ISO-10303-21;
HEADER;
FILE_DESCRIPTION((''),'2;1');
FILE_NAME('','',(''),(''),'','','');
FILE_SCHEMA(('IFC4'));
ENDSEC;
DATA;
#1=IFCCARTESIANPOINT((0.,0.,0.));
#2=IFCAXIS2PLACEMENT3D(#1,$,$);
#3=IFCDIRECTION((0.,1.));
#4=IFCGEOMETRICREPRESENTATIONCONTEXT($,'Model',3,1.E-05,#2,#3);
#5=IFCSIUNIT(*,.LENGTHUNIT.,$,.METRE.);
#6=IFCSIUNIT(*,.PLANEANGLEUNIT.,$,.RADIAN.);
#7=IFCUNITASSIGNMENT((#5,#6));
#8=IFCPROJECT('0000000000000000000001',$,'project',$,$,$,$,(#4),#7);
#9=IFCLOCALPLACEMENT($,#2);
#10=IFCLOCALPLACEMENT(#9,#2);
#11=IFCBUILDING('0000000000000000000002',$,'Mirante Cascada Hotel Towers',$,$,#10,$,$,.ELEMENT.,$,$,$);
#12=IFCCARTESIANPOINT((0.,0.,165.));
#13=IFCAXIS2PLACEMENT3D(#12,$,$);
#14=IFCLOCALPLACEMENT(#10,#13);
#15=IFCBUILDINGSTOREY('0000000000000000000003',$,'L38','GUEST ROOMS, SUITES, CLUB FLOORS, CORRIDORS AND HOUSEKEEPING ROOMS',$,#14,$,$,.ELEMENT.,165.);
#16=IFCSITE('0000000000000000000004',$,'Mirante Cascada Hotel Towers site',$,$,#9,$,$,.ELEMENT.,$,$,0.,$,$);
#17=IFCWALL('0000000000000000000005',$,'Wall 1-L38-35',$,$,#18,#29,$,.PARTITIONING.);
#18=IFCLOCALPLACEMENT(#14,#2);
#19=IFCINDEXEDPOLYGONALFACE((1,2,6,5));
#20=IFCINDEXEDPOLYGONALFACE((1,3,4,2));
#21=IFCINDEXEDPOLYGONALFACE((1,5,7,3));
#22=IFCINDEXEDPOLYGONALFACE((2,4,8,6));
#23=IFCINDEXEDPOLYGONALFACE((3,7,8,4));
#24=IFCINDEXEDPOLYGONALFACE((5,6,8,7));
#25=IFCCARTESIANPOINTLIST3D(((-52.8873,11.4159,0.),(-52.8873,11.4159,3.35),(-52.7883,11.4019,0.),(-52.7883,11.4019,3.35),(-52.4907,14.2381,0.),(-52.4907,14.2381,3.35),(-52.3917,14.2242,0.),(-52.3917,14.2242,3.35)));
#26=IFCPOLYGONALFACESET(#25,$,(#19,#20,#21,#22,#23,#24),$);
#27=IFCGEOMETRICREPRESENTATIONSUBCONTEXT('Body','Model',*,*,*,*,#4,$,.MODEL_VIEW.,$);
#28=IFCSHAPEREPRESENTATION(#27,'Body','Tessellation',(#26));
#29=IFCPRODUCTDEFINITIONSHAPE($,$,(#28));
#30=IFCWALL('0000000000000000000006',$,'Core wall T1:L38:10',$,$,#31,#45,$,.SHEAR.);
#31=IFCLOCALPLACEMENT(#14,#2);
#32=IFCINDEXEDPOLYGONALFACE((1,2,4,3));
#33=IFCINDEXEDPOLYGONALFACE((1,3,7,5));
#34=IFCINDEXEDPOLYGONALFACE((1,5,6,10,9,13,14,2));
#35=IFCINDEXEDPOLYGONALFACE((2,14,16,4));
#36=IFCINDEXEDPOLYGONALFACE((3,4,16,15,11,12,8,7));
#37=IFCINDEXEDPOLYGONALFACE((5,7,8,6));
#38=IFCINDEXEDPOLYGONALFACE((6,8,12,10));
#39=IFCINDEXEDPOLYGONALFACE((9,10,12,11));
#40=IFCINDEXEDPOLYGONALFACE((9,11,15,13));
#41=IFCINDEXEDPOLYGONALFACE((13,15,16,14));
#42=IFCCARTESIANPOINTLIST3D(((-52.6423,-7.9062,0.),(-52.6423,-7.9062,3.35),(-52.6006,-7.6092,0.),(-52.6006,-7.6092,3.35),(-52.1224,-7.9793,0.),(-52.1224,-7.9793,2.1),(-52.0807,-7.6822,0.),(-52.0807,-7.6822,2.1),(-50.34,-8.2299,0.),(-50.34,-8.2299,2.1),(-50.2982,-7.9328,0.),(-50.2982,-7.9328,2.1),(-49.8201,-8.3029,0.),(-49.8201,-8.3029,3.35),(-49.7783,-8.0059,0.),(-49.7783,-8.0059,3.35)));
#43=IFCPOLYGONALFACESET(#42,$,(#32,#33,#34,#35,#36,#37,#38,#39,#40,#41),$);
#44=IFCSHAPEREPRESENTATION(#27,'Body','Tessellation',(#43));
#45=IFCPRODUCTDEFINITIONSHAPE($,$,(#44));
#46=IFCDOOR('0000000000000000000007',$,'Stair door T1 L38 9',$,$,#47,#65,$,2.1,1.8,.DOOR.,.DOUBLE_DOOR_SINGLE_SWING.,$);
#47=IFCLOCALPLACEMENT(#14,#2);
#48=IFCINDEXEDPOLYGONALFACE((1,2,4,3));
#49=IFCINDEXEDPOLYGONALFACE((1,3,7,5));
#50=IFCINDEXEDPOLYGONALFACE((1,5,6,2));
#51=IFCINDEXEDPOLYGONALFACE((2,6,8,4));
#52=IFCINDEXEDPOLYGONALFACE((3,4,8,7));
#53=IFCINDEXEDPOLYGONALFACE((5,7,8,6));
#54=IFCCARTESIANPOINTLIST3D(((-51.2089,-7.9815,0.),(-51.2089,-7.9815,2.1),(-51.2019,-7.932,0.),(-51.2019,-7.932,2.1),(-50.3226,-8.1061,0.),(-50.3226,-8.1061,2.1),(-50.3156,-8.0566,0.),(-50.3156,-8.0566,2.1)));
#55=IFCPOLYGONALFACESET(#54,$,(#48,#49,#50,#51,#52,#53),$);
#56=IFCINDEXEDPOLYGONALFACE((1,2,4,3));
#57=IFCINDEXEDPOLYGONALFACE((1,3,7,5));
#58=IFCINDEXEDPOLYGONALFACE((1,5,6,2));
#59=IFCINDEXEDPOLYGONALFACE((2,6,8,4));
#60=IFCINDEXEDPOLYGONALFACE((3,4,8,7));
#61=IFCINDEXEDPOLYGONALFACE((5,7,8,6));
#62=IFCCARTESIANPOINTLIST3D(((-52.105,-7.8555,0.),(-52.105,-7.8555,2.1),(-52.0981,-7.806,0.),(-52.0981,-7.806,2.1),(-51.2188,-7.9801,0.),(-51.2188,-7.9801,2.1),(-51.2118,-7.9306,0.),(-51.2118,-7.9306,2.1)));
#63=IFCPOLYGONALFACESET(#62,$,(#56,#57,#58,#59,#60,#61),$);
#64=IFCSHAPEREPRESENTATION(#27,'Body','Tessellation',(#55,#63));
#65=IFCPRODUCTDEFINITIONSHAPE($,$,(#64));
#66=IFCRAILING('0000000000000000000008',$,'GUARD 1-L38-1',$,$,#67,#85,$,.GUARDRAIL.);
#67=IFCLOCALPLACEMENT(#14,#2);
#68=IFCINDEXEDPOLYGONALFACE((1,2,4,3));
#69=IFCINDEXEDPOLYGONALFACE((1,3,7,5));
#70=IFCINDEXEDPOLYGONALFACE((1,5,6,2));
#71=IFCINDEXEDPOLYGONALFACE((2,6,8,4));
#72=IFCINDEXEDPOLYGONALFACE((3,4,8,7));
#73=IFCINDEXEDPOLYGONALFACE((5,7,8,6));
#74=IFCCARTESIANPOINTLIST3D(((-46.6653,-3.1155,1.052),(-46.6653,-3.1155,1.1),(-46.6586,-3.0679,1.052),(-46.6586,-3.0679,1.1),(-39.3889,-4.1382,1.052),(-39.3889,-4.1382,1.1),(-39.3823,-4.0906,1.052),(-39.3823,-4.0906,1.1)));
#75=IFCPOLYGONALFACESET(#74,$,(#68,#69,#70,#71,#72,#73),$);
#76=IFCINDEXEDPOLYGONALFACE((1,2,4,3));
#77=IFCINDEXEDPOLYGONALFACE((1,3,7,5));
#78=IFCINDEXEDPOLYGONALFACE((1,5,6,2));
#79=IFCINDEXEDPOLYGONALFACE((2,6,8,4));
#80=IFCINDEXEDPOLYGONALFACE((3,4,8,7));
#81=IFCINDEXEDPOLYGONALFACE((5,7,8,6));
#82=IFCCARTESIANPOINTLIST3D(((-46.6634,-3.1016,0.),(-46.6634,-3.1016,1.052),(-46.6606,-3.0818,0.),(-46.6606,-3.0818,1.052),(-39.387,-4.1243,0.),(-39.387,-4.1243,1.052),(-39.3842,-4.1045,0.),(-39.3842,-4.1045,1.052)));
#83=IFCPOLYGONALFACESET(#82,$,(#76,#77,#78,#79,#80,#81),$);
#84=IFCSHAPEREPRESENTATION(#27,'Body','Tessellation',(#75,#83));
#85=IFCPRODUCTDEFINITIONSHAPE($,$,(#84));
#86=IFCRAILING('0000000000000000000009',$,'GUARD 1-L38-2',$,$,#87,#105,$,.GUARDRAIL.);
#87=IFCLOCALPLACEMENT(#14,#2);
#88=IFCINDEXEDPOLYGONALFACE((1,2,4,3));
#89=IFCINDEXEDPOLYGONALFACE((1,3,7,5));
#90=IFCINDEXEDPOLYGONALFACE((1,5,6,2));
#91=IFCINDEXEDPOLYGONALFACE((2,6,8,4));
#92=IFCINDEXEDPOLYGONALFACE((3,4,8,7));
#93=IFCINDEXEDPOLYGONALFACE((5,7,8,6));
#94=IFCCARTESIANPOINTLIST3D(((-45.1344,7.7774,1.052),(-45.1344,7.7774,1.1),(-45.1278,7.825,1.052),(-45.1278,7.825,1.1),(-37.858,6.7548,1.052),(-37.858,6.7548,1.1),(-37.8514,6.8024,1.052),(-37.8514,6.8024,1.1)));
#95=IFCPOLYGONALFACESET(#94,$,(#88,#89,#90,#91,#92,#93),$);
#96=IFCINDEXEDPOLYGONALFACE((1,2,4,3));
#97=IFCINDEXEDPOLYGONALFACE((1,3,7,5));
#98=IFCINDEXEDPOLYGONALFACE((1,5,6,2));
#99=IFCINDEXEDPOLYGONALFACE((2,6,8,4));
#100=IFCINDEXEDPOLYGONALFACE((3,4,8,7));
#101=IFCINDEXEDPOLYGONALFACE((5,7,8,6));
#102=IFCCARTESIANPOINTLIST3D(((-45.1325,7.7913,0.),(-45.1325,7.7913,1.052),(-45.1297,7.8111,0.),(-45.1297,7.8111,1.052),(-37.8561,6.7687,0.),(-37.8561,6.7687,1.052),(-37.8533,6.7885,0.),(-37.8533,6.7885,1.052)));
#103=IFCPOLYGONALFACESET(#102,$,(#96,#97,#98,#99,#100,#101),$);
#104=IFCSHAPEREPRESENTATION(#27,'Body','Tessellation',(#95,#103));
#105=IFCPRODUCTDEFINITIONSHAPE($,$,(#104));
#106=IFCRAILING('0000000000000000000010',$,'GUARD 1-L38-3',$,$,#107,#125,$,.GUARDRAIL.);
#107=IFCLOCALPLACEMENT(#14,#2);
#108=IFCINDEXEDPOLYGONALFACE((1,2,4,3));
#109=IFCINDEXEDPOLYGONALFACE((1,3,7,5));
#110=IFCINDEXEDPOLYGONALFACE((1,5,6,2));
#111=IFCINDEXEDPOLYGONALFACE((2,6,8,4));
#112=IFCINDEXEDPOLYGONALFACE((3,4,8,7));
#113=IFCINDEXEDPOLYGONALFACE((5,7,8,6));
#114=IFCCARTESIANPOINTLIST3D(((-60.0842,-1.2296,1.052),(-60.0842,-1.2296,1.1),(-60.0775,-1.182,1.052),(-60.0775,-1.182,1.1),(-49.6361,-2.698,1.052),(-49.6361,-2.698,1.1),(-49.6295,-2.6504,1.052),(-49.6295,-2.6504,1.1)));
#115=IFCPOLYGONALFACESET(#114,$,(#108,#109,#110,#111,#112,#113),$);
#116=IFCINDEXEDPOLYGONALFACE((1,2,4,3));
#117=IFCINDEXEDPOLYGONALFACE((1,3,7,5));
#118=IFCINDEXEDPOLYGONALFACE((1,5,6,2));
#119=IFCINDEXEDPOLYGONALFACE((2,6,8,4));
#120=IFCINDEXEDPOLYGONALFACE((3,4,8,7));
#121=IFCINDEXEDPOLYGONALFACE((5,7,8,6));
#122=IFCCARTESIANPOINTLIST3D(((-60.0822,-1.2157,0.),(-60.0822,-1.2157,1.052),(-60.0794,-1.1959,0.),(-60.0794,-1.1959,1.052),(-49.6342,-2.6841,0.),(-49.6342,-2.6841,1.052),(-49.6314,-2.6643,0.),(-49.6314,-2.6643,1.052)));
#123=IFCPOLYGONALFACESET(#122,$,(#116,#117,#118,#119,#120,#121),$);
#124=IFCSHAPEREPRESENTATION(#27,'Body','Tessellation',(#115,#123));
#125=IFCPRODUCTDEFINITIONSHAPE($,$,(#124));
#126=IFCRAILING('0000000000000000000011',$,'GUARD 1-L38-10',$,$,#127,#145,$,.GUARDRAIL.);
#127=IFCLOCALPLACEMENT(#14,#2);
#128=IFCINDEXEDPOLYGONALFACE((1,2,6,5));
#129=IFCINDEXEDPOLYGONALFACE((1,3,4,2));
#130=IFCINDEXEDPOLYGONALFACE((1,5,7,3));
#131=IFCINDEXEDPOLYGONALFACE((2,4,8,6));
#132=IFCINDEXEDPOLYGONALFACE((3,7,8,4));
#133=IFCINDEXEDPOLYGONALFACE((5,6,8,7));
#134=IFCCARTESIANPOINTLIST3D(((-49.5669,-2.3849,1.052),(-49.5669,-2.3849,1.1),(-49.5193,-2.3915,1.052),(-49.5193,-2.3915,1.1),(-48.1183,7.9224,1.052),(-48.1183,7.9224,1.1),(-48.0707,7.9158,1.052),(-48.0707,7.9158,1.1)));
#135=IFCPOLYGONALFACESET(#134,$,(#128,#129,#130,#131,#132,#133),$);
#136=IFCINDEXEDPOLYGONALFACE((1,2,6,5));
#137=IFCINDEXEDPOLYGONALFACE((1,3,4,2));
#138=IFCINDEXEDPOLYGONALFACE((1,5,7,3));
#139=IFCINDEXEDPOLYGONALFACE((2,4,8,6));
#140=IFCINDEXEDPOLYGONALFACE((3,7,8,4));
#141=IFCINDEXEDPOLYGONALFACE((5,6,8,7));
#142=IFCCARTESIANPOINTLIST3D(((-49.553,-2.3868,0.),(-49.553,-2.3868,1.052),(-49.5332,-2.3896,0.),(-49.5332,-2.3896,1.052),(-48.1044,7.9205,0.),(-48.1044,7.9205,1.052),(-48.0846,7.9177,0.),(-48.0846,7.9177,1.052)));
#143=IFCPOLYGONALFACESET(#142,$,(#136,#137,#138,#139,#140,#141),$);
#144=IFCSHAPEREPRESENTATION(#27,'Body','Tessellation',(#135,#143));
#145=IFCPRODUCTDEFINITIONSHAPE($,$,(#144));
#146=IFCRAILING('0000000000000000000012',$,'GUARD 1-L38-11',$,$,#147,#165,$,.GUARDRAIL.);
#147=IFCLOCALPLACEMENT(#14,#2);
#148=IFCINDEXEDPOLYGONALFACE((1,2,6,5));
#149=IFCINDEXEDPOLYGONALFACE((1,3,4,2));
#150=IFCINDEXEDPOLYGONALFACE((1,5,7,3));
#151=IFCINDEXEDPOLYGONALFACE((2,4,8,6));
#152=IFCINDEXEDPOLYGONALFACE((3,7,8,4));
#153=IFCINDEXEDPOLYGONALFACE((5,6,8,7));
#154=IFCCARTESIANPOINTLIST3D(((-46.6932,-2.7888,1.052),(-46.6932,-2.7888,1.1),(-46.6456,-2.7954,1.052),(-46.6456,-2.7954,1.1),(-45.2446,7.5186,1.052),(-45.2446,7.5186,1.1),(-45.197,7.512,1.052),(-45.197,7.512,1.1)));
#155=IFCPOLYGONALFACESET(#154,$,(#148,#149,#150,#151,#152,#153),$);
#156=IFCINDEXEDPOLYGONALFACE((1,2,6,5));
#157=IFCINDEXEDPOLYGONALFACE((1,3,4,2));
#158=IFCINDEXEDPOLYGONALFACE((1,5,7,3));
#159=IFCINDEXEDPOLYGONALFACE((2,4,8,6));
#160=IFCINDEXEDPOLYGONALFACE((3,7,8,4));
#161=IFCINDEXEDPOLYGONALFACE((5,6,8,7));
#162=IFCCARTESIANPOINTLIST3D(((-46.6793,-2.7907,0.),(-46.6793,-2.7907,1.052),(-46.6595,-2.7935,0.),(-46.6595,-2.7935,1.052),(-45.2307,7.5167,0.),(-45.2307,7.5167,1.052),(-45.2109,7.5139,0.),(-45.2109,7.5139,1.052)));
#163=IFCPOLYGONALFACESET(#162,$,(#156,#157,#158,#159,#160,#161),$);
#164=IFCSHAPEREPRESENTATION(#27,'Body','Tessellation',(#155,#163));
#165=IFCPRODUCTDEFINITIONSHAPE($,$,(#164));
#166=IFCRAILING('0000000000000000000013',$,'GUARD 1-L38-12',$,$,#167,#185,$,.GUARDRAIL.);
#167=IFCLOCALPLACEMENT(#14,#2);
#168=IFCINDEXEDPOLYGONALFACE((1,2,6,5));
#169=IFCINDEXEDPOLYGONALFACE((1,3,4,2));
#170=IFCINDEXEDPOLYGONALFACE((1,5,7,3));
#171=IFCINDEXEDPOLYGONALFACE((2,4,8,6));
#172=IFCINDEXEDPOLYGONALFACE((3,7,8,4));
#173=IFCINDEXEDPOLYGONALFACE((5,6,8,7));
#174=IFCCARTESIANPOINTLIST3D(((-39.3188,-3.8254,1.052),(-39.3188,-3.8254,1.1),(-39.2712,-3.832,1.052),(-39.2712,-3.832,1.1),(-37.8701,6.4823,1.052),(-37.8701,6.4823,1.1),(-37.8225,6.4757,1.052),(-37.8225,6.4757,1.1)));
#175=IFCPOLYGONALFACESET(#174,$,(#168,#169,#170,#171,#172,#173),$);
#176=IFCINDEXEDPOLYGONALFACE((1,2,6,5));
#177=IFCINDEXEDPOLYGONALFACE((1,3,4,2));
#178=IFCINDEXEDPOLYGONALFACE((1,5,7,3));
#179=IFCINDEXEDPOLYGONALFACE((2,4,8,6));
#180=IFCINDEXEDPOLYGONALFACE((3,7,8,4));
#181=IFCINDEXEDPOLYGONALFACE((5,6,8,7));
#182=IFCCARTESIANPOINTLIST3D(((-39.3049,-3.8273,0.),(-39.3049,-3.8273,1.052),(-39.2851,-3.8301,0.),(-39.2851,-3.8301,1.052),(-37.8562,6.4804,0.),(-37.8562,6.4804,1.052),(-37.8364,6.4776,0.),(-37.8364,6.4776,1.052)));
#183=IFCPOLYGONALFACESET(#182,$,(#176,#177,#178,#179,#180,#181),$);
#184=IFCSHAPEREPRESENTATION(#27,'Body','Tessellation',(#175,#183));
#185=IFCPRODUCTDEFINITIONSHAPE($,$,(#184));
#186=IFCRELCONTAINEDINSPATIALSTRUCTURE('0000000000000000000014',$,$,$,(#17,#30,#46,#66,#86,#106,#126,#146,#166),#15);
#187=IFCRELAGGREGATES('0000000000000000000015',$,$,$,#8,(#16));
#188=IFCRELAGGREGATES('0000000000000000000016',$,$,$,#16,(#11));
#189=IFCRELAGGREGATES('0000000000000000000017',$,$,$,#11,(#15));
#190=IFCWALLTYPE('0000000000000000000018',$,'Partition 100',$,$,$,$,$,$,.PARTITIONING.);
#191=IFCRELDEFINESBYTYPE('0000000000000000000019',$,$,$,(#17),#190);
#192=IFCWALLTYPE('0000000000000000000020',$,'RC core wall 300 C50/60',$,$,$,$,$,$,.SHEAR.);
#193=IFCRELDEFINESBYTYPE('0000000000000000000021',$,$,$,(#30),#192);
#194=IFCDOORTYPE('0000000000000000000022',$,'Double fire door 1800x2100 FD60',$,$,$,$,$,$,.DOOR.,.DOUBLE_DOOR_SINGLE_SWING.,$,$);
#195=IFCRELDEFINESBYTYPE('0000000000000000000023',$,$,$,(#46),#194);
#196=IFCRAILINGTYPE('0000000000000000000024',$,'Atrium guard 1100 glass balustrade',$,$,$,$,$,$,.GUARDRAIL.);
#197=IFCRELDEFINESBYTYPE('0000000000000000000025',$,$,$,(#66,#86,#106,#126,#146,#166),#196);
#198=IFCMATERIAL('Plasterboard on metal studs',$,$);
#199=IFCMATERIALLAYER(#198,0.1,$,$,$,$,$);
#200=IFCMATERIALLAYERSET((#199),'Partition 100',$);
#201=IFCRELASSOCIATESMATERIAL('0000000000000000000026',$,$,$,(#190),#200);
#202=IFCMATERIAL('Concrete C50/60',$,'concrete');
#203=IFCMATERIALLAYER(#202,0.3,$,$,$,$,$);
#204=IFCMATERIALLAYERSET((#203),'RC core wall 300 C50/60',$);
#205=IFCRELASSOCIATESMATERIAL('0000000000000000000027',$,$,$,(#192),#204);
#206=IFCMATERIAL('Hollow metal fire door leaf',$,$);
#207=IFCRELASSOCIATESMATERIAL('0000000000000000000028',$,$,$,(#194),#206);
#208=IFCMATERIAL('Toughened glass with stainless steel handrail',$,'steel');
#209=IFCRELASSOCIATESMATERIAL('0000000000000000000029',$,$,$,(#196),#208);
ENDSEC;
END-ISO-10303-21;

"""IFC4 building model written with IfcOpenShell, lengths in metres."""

from ifc_helpers import new_model, si_unit, direction, frame, frame_2d, origin, origin_2d, place, context, subcontext, project, spatial, rectangle, extrude, material, layer, layer_set, type_object, element, fill, save


model = new_model("IFC4")

# Units and contexts
model_context = context("Model", 3, precision=1e-05, world=origin(), true_north=direction((0.0, 1.0)))
body_context = subcontext(model_context, "Body", "Model", "MODEL_VIEW")
ifc_project = project(units=[si_unit("LENGTHUNIT", "METRE"), si_unit("PLANEANGLEUNIT", "RADIAN")], contexts=[model_context])

# Site, building, storey
site_placement = place(None, origin())
site = spatial("IfcSite", under=ifc_project, at=site_placement, Name="Mirante Cascada Hotel Towers site", CompositionType="ELEMENT", RefElevation=0.0)
building_placement = place(site_placement, origin())
building = spatial("IfcBuilding", under=site, at=building_placement, Name="Mirante Cascada Hotel Towers", CompositionType="ELEMENT")
storey_placement = place(building_placement, frame((0.0, 0.0, 165.0)))
storey = spatial("IfcBuildingStorey", under=building, at=storey_placement, Name="L38", Description="GUEST ROOMS, SUITES, CLUB FLOORS, CORRIDORS AND HOUSEKEEPING ROOMS", CompositionType="ELEMENT", Elevation=165.0)

# Shared definitions
ifc_material_1 = material(Name="Plasterboard on metal studs")
ifc_layer_1 = layer(ifc_material_1, 0.1)
ifc_layer_set_1 = layer_set([ifc_layer_1], Name="Partition 100")
wall_type_1 = type_object("IfcWallType", Name="Partition 100", PredefinedType="PARTITIONING", material=ifc_layer_set_1)

# Wall
wall_1_placement = place(storey_placement, frame((-52.8378, 11.4089, 0.0), z_axis=(0.0, 0.0, 1.0), x_axis=(0.139156, 0.99027, 0.0)))
element("IfcWall", 1, at=wall_1_placement, inside=storey, type_object=wall_type_1, Name="Wall 1-L38-35", PredefinedType="PARTITIONING", context=body_context, shape_type="SweptSolid", body=[
    extrude(rectangle(XDim=2.85, YDim=0.1, at=frame_2d((1.425, 0.0))), origin(), (0.0, 0.0, 1.0), 3.35),
])

# Wall, opening, door
ifc_material_2 = material(Name="Concrete C50/60", Category="concrete")
ifc_layer_2 = layer(ifc_material_2, 0.3)
ifc_layer_set_2 = layer_set([ifc_layer_2], Name="RC core wall 300 C50/60")
wall_type_2 = type_object("IfcWallType", Name="RC core wall 300 C50/60", PredefinedType="SHEAR", material=ifc_layer_set_2)
wall_2_placement = place(storey_placement, frame((-49.7992, -8.1544, 0.0), z_axis=(0.0, 0.0, 1.0), x_axis=(-0.990266, 0.139191, 0.0)))
wall_2 = element("IfcWall", 2, at=wall_2_placement, inside=storey, type_object=wall_type_2, Name="Core wall T1:L38:10", PredefinedType="SHEAR", context=body_context, shape_type="SweptSolid", body=[
    extrude(rectangle(XDim=2.85, YDim=0.3, at=frame_2d((1.425, 0.0))), origin(), (0.0, 0.0, 1.0), 3.35),
])
opening_1_placement = place(wall_2_placement, frame((0.525, 0.0, 0.0)))
opening_1 = element("IfcOpeningElement", 3, at=opening_1_placement, cuts=wall_2, PredefinedType="OPENING", context=body_context, shape_type="SweptSolid", body=[
    extrude(rectangle(XDim=1.8, YDim=2.1, at=frame_2d((0.9, 1.05))), frame((0.0, 0.15, 0.0), z_axis=(0.0, -1.0, 0.0), x_axis=(1.0, 0.0, 0.0)), (0.0, 0.0, 1.0), 0.3),
])
ifc_material_3 = material(Name="Hollow metal fire door leaf")
door_type_1 = type_object("IfcDoorType", Name="Double fire door 1800x2100 FD60", OperationType="DOUBLE_DOOR_SINGLE_SWING", PredefinedType="DOOR", material=ifc_material_3)
door_1_placement = place(opening_1_placement, origin())
door_1 = element("IfcDoor", 4, at=door_1_placement, inside=storey, type_object=door_type_1, Name="Stair door T1 L38 9", OperationType="DOUBLE_DOOR_SINGLE_SWING", OverallHeight=2.1, OverallWidth=1.8, PredefinedType="DOOR", context=body_context, shape_type="SweptSolid", body=[
    extrude(rectangle(XDim=0.895, YDim=2.1, at=frame_2d((0.4475, 1.05))), frame((0.0, 0.025, 0.0), z_axis=(0.0, -1.0, 0.0), x_axis=(1.0, 0.0, 0.0)), (0.0, 0.0, 1.0), 0.05),
    extrude(rectangle(XDim=0.895, YDim=2.1, at=frame_2d((1.3525, 1.05))), frame((0.0, 0.025, 0.0), z_axis=(0.0, -1.0, 0.0), x_axis=(1.0, 0.0, 0.0)), (0.0, 0.0, 1.0), 0.05),
])
fill(opening_1, door_1)

# Railings
ifc_material_4 = material(Name="Toughened glass with stainless steel handrail", Category="steel")
railing_type = type_object("IfcRailingType", Name="Atrium guard 1100 glass balustrade", PredefinedType="GUARDRAIL", material=ifc_material_4)
railing_1_placement = place(storey_placement, frame((-39.3856, -4.1144, 0.0)))
element("IfcRailing", 5, at=railing_1_placement, inside=storey, type_object=railing_type, Name="GUARD 1-L38-1", PredefinedType="GUARDRAIL", context=body_context, shape_type="SweptSolid", body=[
    extrude(rectangle(XDim=0.048, YDim=0.048, at=origin_2d()), frame((0.0, 0.0, 1.076), z_axis=(-0.990267, 0.139182, 0.0), x_axis=(-0.139182, -0.990267, 0.0)), (0.0, 0.0, 1.0), 7.3479),
    extrude(rectangle(XDim=0.02, YDim=1.052, at=origin_2d()), frame((0.0, 0.0, 0.526), z_axis=(-0.990267, 0.139182, 0.0), x_axis=(-0.139182, -0.990267, 0.0)), (0.0, 0.0, 1.0), 7.3479),
])
railing_2_placement = place(storey_placement, frame((-45.1311, 7.8012, 0.0)))
element("IfcRailing", 6, at=railing_2_placement, inside=storey, type_object=railing_type, Name="GUARD 1-L38-2", PredefinedType="GUARDRAIL", context=body_context, shape_type="SweptSolid", body=[
    extrude(rectangle(XDim=0.048, YDim=0.048, at=origin_2d()), frame((0.0, 0.0, 1.076), z_axis=(0.990269, -0.139169, 0.0), x_axis=(0.139169, 0.990269, 0.0)), (0.0, 0.0, 1.0), 7.3479),
    extrude(rectangle(XDim=0.02, YDim=1.052, at=origin_2d()), frame((0.0, 0.0, 0.526), z_axis=(0.990269, -0.139169, 0.0), x_axis=(0.139169, 0.990269, 0.0)), (0.0, 0.0, 1.0), 7.3479),
])
railing_3_placement = place(storey_placement, frame((-49.6328, -2.6742, 0.0)))
element("IfcRailing", 7, at=railing_3_placement, inside=storey, type_object=railing_type, Name="GUARD 1-L38-3", PredefinedType="GUARDRAIL", context=body_context, shape_type="SweptSolid", body=[
    extrude(rectangle(XDim=0.048, YDim=0.048, at=origin_2d()), frame((0.0, 0.0, 1.076), z_axis=(-0.990268, 0.139176, 0.0), x_axis=(-0.139176, -0.990268, 0.0)), (0.0, 0.0, 1.0), 10.5507),
    extrude(rectangle(XDim=0.02, YDim=1.052, at=origin_2d()), frame((0.0, 0.0, 0.526), z_axis=(-0.990268, 0.139176, 0.0), x_axis=(-0.139176, -0.990268, 0.0)), (0.0, 0.0, 1.0), 10.5507),
])
railing_4_placement = place(storey_placement, frame((-49.5431, -2.3882, 0.0)))
element("IfcRailing", 8, at=railing_4_placement, inside=storey, type_object=railing_type, Name="GUARD 1-L38-10", PredefinedType="GUARDRAIL", context=body_context, shape_type="SweptSolid", body=[
    extrude(rectangle(XDim=0.048, YDim=0.048, at=origin_2d()), frame((0.0, 0.0, 1.076), z_axis=(0.139173, 0.990268, 0.0), x_axis=(-0.990268, 0.139173, 0.0)), (0.0, 0.0, 1.0), 10.4086),
    extrude(rectangle(XDim=0.02, YDim=1.052, at=origin_2d()), frame((0.0, 0.0, 0.526), z_axis=(0.139173, 0.990268, 0.0), x_axis=(-0.990268, 0.139173, 0.0)), (0.0, 0.0, 1.0), 10.4086),
])
railing_5_placement = place(storey_placement, frame((-45.2208, 7.5153, 0.0)))
element("IfcRailing", 9, at=railing_5_placement, inside=storey, type_object=railing_type, Name="GUARD 1-L38-11", PredefinedType="GUARDRAIL", context=body_context, shape_type="SweptSolid", body=[
    extrude(rectangle(XDim=0.048, YDim=0.048, at=origin_2d()), frame((0.0, 0.0, 1.076), z_axis=(-0.139172, -0.990268, 0.0), x_axis=(0.990268, -0.139172, 0.0)), (0.0, 0.0, 1.0), 10.4087),
    extrude(rectangle(XDim=0.02, YDim=1.052, at=origin_2d()), frame((0.0, 0.0, 0.526), z_axis=(-0.139172, -0.990268, 0.0), x_axis=(0.990268, -0.139172, 0.0)), (0.0, 0.0, 1.0), 10.4087),
])
railing_6_placement = place(storey_placement, frame((-39.295, -3.8287, 0.0)))
element("IfcRailing", 10, at=railing_6_placement, inside=storey, type_object=railing_type, Name="GUARD 1-L38-12", PredefinedType="GUARDRAIL", context=body_context, shape_type="SweptSolid", body=[
    extrude(rectangle(XDim=0.048, YDim=0.048, at=origin_2d()), frame((0.0, 0.0, 1.076), z_axis=(0.139178, 0.990267, 0.0), x_axis=(-0.990267, 0.139178, 0.0)), (0.0, 0.0, 1.0), 10.409),
    extrude(rectangle(XDim=0.02, YDim=1.052, at=origin_2d()), frame((0.0, 0.0, 0.526), z_axis=(0.139178, 0.990267, 0.0), x_axis=(-0.990267, 0.139178, 0.0)), (0.0, 0.0, 1.0), 10.409),
])

save(model, "model.ifc")
